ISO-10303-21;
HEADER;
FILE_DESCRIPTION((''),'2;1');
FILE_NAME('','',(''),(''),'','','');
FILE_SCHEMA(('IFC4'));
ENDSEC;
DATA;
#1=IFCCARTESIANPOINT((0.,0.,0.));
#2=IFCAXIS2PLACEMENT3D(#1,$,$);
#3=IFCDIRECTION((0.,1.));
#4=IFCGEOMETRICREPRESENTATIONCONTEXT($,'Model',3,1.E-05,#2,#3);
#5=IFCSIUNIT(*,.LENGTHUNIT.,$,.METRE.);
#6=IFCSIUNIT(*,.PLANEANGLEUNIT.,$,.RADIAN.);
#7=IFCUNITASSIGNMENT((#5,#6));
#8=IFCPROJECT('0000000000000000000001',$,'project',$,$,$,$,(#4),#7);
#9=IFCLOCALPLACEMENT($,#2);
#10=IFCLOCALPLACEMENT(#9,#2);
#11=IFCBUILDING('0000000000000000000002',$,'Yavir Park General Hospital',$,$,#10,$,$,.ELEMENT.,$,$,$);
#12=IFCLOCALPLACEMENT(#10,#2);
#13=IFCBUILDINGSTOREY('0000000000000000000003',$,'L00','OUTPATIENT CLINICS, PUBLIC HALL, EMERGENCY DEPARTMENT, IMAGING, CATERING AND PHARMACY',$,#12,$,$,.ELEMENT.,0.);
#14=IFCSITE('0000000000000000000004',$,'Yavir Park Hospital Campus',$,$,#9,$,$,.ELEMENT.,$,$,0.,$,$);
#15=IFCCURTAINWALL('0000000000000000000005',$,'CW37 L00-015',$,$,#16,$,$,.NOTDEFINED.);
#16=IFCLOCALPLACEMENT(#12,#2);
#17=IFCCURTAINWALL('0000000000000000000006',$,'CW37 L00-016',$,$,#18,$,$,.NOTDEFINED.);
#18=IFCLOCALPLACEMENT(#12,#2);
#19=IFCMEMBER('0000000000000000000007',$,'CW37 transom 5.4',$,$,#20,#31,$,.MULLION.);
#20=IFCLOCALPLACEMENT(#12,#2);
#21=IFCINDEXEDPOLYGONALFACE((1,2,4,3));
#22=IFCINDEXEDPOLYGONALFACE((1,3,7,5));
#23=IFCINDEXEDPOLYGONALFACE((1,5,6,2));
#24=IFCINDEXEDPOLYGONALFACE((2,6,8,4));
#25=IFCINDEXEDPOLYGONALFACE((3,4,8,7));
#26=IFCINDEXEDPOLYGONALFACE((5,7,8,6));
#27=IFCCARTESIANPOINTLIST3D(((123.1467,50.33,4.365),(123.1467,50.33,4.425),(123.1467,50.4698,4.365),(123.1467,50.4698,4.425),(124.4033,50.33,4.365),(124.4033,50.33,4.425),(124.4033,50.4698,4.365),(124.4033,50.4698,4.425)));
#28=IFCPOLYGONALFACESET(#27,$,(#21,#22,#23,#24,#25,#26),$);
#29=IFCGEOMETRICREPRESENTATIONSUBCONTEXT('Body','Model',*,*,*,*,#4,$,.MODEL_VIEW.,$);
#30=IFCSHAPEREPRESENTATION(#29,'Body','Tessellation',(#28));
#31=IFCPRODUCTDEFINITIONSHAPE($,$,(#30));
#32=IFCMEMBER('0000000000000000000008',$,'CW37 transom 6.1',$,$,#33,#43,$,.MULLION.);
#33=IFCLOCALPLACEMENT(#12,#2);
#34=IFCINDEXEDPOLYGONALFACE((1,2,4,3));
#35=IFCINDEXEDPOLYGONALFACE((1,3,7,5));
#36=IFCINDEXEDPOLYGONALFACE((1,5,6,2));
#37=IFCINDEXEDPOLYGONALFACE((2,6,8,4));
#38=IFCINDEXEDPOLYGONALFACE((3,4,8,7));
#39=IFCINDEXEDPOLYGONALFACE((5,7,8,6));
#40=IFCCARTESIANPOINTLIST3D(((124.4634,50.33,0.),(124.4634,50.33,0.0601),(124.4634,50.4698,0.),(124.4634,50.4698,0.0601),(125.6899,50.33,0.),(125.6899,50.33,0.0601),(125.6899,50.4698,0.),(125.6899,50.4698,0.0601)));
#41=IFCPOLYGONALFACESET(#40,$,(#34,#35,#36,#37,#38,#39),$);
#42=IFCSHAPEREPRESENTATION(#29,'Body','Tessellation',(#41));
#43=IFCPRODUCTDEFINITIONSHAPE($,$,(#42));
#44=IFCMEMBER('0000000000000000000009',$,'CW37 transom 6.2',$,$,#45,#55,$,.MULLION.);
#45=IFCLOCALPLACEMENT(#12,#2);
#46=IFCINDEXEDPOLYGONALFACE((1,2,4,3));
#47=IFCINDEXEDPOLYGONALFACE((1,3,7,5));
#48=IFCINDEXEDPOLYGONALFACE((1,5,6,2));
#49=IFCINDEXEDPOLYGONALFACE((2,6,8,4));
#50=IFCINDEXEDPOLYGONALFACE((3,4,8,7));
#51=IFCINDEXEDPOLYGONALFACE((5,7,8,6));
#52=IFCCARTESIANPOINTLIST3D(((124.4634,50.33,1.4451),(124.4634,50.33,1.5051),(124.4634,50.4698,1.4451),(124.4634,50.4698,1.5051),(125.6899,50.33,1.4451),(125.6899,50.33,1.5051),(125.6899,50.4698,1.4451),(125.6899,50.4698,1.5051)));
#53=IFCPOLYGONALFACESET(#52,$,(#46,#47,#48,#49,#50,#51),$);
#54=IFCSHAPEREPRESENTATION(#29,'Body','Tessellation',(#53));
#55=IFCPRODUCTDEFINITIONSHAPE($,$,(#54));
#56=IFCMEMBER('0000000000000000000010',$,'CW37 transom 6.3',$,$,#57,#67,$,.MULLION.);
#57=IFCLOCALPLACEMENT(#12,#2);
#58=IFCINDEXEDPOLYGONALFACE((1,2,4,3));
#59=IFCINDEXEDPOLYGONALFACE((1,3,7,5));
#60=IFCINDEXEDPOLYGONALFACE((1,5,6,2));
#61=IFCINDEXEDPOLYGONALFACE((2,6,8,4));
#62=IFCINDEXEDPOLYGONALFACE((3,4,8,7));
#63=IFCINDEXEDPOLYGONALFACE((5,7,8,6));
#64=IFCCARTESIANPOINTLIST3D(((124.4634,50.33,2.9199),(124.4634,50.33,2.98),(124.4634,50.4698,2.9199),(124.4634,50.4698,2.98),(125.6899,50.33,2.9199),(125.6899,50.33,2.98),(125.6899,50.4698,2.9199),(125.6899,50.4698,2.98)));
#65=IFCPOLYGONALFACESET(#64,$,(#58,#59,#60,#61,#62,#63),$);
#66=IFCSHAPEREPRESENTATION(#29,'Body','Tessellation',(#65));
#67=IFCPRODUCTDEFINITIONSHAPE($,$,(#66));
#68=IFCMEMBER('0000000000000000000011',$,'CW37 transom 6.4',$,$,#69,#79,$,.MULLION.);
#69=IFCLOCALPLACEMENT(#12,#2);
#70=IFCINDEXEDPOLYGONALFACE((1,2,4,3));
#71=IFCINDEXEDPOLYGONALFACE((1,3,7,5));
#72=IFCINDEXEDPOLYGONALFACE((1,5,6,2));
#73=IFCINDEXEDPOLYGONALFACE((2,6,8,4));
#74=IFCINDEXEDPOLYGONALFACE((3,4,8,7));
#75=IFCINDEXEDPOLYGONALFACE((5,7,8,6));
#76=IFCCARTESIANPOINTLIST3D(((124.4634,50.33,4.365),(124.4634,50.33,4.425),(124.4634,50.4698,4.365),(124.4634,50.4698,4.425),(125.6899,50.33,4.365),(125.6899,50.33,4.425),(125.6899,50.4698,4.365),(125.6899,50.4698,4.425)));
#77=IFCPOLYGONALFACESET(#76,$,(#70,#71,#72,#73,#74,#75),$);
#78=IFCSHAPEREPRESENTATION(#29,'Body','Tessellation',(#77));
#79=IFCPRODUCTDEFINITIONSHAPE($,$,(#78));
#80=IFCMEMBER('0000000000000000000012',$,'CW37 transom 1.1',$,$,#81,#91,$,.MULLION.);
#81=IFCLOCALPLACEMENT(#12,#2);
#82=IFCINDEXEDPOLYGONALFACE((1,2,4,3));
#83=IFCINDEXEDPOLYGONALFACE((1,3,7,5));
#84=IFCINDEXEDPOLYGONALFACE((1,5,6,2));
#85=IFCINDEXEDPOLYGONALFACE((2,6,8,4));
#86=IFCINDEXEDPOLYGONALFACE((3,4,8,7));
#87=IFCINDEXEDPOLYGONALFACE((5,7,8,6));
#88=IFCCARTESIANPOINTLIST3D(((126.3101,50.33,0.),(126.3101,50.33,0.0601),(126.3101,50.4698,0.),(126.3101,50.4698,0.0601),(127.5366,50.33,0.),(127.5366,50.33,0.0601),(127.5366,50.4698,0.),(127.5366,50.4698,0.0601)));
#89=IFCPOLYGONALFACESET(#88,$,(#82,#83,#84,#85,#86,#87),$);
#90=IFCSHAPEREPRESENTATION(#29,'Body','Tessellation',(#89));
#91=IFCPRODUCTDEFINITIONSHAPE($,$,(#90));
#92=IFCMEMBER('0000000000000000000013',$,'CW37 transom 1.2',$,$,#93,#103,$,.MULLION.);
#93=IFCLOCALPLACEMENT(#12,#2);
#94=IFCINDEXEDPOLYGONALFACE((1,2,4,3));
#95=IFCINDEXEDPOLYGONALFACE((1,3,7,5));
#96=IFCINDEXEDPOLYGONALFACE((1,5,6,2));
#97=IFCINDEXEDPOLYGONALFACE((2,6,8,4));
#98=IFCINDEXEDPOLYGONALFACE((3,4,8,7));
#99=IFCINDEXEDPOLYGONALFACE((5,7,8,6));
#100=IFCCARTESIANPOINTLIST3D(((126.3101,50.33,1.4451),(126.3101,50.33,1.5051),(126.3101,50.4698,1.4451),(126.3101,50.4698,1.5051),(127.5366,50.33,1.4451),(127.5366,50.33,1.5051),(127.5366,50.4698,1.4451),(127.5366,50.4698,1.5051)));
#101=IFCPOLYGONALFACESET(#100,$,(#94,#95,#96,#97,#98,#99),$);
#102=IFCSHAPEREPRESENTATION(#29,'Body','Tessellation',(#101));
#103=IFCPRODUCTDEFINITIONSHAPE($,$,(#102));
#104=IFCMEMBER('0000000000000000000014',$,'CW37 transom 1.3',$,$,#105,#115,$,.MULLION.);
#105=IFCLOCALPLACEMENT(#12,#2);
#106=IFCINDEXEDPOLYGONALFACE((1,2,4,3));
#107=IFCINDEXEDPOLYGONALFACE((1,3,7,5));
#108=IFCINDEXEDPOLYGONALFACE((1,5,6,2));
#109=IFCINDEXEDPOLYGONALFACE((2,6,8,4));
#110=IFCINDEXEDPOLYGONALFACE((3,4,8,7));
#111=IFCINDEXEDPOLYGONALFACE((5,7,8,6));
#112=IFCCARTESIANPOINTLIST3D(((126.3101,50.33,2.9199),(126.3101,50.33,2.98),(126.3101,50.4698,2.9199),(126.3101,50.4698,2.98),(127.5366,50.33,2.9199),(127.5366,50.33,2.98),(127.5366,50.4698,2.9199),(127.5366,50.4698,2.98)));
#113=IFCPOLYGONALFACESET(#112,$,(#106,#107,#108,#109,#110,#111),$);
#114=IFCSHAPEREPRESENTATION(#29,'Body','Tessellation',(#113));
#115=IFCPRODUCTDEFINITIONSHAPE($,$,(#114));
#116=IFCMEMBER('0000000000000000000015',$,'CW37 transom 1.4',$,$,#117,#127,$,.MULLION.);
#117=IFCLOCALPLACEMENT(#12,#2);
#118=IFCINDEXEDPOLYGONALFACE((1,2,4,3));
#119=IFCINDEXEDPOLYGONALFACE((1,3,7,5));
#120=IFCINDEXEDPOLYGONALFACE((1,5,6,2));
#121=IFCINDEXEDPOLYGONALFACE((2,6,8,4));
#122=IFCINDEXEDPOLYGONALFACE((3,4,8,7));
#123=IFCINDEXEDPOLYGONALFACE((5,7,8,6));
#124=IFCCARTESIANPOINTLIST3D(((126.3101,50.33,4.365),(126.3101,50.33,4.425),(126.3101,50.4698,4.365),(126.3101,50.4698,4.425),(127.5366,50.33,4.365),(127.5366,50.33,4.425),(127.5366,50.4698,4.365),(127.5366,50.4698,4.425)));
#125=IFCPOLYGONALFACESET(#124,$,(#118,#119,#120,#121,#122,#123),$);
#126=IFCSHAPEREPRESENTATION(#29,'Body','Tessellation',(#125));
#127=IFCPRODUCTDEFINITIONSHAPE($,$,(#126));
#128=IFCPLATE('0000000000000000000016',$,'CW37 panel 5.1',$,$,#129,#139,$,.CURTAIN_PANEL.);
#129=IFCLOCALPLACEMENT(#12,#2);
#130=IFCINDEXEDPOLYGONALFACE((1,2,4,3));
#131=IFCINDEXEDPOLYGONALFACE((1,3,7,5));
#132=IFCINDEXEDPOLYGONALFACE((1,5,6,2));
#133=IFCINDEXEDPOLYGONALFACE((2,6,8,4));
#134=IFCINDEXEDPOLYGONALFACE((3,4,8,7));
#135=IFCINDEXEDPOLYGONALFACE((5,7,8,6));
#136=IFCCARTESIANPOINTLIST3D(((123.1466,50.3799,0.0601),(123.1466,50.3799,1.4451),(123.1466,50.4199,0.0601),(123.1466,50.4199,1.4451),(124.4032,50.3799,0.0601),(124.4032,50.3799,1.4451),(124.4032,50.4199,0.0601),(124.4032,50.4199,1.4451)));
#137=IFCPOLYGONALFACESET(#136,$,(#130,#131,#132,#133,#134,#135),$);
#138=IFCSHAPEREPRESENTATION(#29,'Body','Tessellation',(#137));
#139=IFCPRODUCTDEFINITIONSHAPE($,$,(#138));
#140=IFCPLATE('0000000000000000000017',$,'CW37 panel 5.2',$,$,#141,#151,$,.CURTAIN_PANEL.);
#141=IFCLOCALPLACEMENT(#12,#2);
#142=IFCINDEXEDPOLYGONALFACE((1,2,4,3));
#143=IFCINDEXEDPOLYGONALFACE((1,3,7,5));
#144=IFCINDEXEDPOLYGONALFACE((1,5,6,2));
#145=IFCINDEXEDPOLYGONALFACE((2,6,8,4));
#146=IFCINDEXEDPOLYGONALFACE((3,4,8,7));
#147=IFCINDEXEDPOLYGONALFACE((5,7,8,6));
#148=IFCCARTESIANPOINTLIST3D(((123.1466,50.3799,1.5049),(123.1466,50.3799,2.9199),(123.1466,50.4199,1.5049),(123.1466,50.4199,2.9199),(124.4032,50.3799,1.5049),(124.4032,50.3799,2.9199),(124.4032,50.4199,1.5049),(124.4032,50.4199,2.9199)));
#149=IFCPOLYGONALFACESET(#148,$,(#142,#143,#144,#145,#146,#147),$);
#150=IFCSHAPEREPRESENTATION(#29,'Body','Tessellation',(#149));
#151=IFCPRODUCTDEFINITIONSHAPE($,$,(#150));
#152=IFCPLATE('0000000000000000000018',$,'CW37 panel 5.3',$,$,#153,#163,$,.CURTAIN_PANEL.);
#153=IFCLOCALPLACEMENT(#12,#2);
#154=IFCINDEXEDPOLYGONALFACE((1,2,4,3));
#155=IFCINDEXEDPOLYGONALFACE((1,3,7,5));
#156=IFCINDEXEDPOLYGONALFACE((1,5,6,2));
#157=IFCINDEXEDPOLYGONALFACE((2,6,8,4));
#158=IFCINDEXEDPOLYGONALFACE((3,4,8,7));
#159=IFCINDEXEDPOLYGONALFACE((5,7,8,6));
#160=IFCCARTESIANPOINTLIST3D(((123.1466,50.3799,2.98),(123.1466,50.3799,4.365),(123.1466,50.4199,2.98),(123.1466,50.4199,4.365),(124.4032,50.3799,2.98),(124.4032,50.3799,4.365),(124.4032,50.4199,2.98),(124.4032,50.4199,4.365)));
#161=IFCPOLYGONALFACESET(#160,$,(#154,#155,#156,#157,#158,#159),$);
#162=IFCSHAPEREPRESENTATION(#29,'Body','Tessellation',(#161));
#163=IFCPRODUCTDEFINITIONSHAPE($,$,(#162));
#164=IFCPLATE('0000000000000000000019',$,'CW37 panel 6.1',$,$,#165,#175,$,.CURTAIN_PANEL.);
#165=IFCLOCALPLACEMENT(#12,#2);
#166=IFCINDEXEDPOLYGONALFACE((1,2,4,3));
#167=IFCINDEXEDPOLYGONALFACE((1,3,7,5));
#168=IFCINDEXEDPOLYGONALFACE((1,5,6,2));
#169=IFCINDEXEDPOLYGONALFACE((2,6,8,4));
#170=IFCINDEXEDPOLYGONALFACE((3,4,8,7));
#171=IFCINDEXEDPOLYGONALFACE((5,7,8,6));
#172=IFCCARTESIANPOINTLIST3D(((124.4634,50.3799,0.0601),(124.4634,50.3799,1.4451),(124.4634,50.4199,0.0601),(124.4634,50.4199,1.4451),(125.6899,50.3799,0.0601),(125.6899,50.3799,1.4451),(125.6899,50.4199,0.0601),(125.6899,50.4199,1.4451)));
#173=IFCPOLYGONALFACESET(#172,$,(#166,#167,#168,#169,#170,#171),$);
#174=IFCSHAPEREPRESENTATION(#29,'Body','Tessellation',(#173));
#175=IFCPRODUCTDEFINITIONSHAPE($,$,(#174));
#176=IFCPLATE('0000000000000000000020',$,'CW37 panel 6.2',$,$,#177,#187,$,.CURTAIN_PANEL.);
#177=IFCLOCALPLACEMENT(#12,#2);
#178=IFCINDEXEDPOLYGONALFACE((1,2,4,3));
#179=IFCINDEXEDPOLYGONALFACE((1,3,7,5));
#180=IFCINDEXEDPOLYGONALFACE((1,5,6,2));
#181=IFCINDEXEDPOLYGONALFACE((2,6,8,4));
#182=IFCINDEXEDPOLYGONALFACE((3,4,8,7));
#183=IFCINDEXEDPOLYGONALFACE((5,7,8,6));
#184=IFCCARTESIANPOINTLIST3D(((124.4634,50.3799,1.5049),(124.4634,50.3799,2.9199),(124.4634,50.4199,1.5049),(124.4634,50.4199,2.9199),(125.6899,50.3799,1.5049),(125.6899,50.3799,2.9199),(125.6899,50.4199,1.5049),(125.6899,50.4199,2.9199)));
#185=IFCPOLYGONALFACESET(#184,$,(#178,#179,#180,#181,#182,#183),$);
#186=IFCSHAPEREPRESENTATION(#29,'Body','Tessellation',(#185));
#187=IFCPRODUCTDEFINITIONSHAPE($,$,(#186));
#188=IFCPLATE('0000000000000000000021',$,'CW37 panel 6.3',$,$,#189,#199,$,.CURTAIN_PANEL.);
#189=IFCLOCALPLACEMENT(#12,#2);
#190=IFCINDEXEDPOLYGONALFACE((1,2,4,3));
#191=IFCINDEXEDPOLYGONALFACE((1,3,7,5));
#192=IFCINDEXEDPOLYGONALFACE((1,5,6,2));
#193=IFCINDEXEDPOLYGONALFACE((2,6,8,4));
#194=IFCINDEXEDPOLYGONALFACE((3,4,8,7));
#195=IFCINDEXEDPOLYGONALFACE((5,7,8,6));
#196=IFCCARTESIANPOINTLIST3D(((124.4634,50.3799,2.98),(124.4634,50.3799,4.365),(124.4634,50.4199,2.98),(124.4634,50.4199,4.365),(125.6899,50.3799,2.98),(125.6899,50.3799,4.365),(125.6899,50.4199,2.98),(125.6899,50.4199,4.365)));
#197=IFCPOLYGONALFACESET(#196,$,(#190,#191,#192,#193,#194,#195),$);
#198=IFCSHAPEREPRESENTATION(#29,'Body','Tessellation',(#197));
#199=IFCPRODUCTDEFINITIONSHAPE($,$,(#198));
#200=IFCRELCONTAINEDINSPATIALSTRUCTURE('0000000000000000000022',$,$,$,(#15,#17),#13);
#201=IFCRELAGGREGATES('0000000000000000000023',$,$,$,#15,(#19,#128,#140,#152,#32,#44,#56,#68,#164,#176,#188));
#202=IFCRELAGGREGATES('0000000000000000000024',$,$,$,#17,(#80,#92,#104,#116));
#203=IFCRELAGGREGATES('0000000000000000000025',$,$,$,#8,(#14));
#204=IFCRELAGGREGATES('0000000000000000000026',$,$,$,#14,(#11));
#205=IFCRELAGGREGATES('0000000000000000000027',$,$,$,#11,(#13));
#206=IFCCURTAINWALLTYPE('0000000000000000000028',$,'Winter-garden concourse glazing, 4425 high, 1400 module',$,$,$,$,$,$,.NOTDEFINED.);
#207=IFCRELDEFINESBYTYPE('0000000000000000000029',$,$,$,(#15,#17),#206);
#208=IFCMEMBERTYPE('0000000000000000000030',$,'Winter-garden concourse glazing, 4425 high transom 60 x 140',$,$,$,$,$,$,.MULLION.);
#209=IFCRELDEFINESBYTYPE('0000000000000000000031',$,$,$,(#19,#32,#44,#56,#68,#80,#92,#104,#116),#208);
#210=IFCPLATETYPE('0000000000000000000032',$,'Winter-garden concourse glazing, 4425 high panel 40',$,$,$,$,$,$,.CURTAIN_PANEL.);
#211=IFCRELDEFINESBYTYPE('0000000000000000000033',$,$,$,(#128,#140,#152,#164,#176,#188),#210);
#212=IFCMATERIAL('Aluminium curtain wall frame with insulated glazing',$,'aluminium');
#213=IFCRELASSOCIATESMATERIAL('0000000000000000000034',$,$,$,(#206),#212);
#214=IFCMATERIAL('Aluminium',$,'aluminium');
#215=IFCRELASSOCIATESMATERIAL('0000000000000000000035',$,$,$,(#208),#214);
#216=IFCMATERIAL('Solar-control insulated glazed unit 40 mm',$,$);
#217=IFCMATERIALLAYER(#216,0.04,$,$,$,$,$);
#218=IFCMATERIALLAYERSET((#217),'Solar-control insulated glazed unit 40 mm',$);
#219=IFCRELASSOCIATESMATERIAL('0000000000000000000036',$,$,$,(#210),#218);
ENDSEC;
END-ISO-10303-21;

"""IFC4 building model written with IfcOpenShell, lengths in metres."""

from ifc_helpers import new_model, si_unit, direction, frame, origin, origin_2d, place, context, subcontext, project, spatial, rectangle, extrude, material, layer, layer_set, material_profile, profile_set, type_object, element, aggregate, save


model = new_model("IFC4")

# Units and contexts
model_context = context("Model", 3, precision=1e-05, world=origin(), true_north=direction((0.0, 1.0)))
body_context = subcontext(model_context, "Body", "Model", "MODEL_VIEW")
ifc_project = project(units=[si_unit("LENGTHUNIT", "METRE"), si_unit("PLANEANGLEUNIT", "RADIAN")], contexts=[model_context])

# Site, building, storey
site_placement = place(None, origin())
site = spatial("IfcSite", under=ifc_project, at=site_placement, Name="Yavir Park Hospital Campus", CompositionType="ELEMENT", RefElevation=0.0)
building_placement = place(site_placement, origin())
building = spatial("IfcBuilding", under=site, at=building_placement, Name="Yavir Park General Hospital", CompositionType="ELEMENT")
storey_placement = place(building_placement, origin())
storey = spatial("IfcBuildingStorey", under=building, at=storey_placement, Name="L00", Description="OUTPATIENT CLINICS, PUBLIC HALL, EMERGENCY DEPARTMENT, IMAGING, CATERING AND PHARMACY", CompositionType="ELEMENT", Elevation=0.0)

# Curtain wall
ifc_material_1 = material(Name="Aluminium curtain wall frame with insulated glazing", Category="aluminium")
curtain_wall_type = type_object("IfcCurtainWallType", Name="Winter-garden concourse glazing, 4425 high, 1400 module", PredefinedType="NOTDEFINED", material=ifc_material_1)
curtain_wall_1_placement = place(storey_placement, origin())
curtain_wall_1 = element("IfcCurtainWall", 1, at=curtain_wall_1_placement, inside=storey, type_object=curtain_wall_type, Name="CW37 L00-015", PredefinedType="NOTDEFINED")

# Curtain wall
curtain_wall_2_placement = place(storey_placement, origin())
curtain_wall_2 = element("IfcCurtainWall", 2, at=curtain_wall_2_placement, inside=storey, type_object=curtain_wall_type, Name="CW37 L00-016", PredefinedType="NOTDEFINED")

# Members
ifc_material_2 = material(Name="Aluminium", Category="aluminium")
ifc_material_profile_1 = material_profile(ifc_material_2, rectangle(XDim=0.1399, YDim=0.0601, at=origin_2d()), Name="AL 140x60")
ifc_profile_set_1 = profile_set([ifc_material_profile_1], Name="Aluminium")
member_type_1 = type_object("IfcMemberType", Name="Winter-garden concourse glazing, 4425 high transom 60 x 140", PredefinedType="MULLION", material=ifc_profile_set_1)
member_1_placement = place(storey_placement, frame((123.1467, 50.3999, 4.395), z_axis=(1.0, 0.0, 0.0), x_axis=(0.0, 1.0, 0.0)))
member_1 = element("IfcMember", 3, at=member_1_placement, type_object=member_type_1, Name="CW37 transom 5.4", PredefinedType="MULLION", context=body_context, shape_type="SweptSolid", body=[
    extrude(rectangle(XDim=0.1399, YDim=0.0601, at=origin_2d()), origin(), (0.0, 0.0, 1.0), 1.2566),
])
member_2_placement = place(storey_placement, frame((124.4634, 50.3999, 0.03), z_axis=(1.0, 0.0, 0.0), x_axis=(0.0, 1.0, 0.0)))
member_2 = element("IfcMember", 4, at=member_2_placement, type_object=member_type_1, Name="CW37 transom 6.1", PredefinedType="MULLION", context=body_context, shape_type="SweptSolid", body=[
    extrude(rectangle(XDim=0.1399, YDim=0.0601, at=origin_2d()), origin(), (0.0, 0.0, 1.0), 1.2266),
])
member_3_placement = place(storey_placement, frame((124.4634, 50.3999, 1.4751), z_axis=(1.0, 0.0, 0.0), x_axis=(0.0, 1.0, 0.0)))
member_3 = element("IfcMember", 5, at=member_3_placement, type_object=member_type_1, Name="CW37 transom 6.2", PredefinedType="MULLION", context=body_context, shape_type="SweptSolid", body=[
    extrude(rectangle(XDim=0.1399, YDim=0.0601, at=origin_2d()), origin(), (0.0, 0.0, 1.0), 1.2266),
])
member_4_placement = place(storey_placement, frame((124.4634, 50.3999, 2.95), z_axis=(1.0, 0.0, 0.0), x_axis=(0.0, 1.0, 0.0)))
member_4 = element("IfcMember", 6, at=member_4_placement, type_object=member_type_1, Name="CW37 transom 6.3", PredefinedType="MULLION", context=body_context, shape_type="SweptSolid", body=[
    extrude(rectangle(XDim=0.1399, YDim=0.0601, at=origin_2d()), origin(), (0.0, 0.0, 1.0), 1.2266),
])
member_5_placement = place(storey_placement, frame((124.4634, 50.3999, 4.395), z_axis=(1.0, 0.0, 0.0), x_axis=(0.0, 1.0, 0.0)))
member_5 = element("IfcMember", 7, at=member_5_placement, type_object=member_type_1, Name="CW37 transom 6.4", PredefinedType="MULLION", context=body_context, shape_type="SweptSolid", body=[
    extrude(rectangle(XDim=0.1399, YDim=0.0601, at=origin_2d()), origin(), (0.0, 0.0, 1.0), 1.2266),
])
member_6_placement = place(storey_placement, frame((126.3101, 50.3999, 0.03), z_axis=(1.0, 0.0, 0.0), x_axis=(0.0, 1.0, 0.0)))
member_6 = element("IfcMember", 8, at=member_6_placement, type_object=member_type_1, Name="CW37 transom 1.1", PredefinedType="MULLION", context=body_context, shape_type="SweptSolid", body=[
    extrude(rectangle(XDim=0.1399, YDim=0.0601, at=origin_2d()), origin(), (0.0, 0.0, 1.0), 1.2266),
])
member_7_placement = place(storey_placement, frame((126.3101, 50.3999, 1.4751), z_axis=(1.0, 0.0, 0.0), x_axis=(0.0, 1.0, 0.0)))
member_7 = element("IfcMember", 9, at=member_7_placement, type_object=member_type_1, Name="CW37 transom 1.2", PredefinedType="MULLION", context=body_context, shape_type="SweptSolid", body=[
    extrude(rectangle(XDim=0.1399, YDim=0.0601, at=origin_2d()), origin(), (0.0, 0.0, 1.0), 1.2266),
])
member_8_placement = place(storey_placement, frame((126.3101, 50.3999, 2.95), z_axis=(1.0, 0.0, 0.0), x_axis=(0.0, 1.0, 0.0)))
member_8 = element("IfcMember", 10, at=member_8_placement, type_object=member_type_1, Name="CW37 transom 1.3", PredefinedType="MULLION", context=body_context, shape_type="SweptSolid", body=[
    extrude(rectangle(XDim=0.1399, YDim=0.0601, at=origin_2d()), origin(), (0.0, 0.0, 1.0), 1.2266),
])
member_9_placement = place(storey_placement, frame((126.3101, 50.3999, 4.395), z_axis=(1.0, 0.0, 0.0), x_axis=(0.0, 1.0, 0.0)))
member_9 = element("IfcMember", 11, at=member_9_placement, type_object=member_type_1, Name="CW37 transom 1.4", PredefinedType="MULLION", context=body_context, shape_type="SweptSolid", body=[
    extrude(rectangle(XDim=0.1399, YDim=0.0601, at=origin_2d()), origin(), (0.0, 0.0, 1.0), 1.2266),
])

# Plates
ifc_material_3 = material(Name="Solar-control insulated glazed unit 40 mm")
ifc_layer = layer(ifc_material_3, 0.04)
ifc_layer_set = layer_set([ifc_layer], Name="Solar-control insulated glazed unit 40 mm")
plate_type = type_object("IfcPlateType", Name="Winter-garden concourse glazing, 4425 high panel 40", PredefinedType="CURTAIN_PANEL", material=ifc_layer_set)
plate_1_placement = place(storey_placement, frame((123.7749, 50.3999, 0.0601), z_axis=(0.0, 0.0, 1.0), x_axis=(1.0, 0.0, 0.0)))
plate_1 = element("IfcPlate", 12, at=plate_1_placement, type_object=plate_type, Name="CW37 panel 5.1", PredefinedType="CURTAIN_PANEL", context=body_context, shape_type="SweptSolid", body=[
    extrude(rectangle(XDim=1.2566, YDim=0.04, at=origin_2d()), origin(), (0.0, 0.0, 1.0), 1.385),
])
plate_2_placement = place(storey_placement, frame((123.7749, 50.3999, 1.5049), z_axis=(0.0, 0.0, 1.0), x_axis=(1.0, 0.0, 0.0)))
plate_2 = element("IfcPlate", 13, at=plate_2_placement, type_object=plate_type, Name="CW37 panel 5.2", PredefinedType="CURTAIN_PANEL", context=body_context, shape_type="SweptSolid", body=[
    extrude(rectangle(XDim=1.2566, YDim=0.04, at=origin_2d()), origin(), (0.0, 0.0, 1.0), 1.415),
])
plate_3_placement = place(storey_placement, frame((123.7749, 50.3999, 2.98), z_axis=(0.0, 0.0, 1.0), x_axis=(1.0, 0.0, 0.0)))
plate_3 = element("IfcPlate", 14, at=plate_3_placement, type_object=plate_type, Name="CW37 panel 5.3", PredefinedType="CURTAIN_PANEL", context=body_context, shape_type="SweptSolid", body=[
    extrude(rectangle(XDim=1.2566, YDim=0.04, at=origin_2d()), origin(), (0.0, 0.0, 1.0), 1.385),
])
plate_4_placement = place(storey_placement, frame((125.0767, 50.3999, 0.0601), z_axis=(0.0, 0.0, 1.0), x_axis=(1.0, 0.0, 0.0)))
plate_4 = element("IfcPlate", 15, at=plate_4_placement, type_object=plate_type, Name="CW37 panel 6.1", PredefinedType="CURTAIN_PANEL", context=body_context, shape_type="SweptSolid", body=[
    extrude(rectangle(XDim=1.2266, YDim=0.04, at=origin_2d()), origin(), (0.0, 0.0, 1.0), 1.385),
])
plate_5_placement = place(storey_placement, frame((125.0767, 50.3999, 1.5049), z_axis=(0.0, 0.0, 1.0), x_axis=(1.0, 0.0, 0.0)))
plate_5 = element("IfcPlate", 16, at=plate_5_placement, type_object=plate_type, Name="CW37 panel 6.2", PredefinedType="CURTAIN_PANEL", context=body_context, shape_type="SweptSolid", body=[
    extrude(rectangle(XDim=1.2266, YDim=0.04, at=origin_2d()), origin(), (0.0, 0.0, 1.0), 1.415),
])
plate_6_placement = place(storey_placement, frame((125.0767, 50.3999, 2.98), z_axis=(0.0, 0.0, 1.0), x_axis=(1.0, 0.0, 0.0)))
plate_6 = element("IfcPlate", 17, at=plate_6_placement, type_object=plate_type, Name="CW37 panel 6.3", PredefinedType="CURTAIN_PANEL", context=body_context, shape_type="SweptSolid", body=[
    extrude(rectangle(XDim=1.2266, YDim=0.04, at=origin_2d()), origin(), (0.0, 0.0, 1.0), 1.385),
])
aggregate(curtain_wall_1, [member_1, plate_1, plate_2, plate_3, member_2, member_3, member_4, member_5, plate_4, plate_5, plate_6])
aggregate(curtain_wall_2, [member_6, member_7, member_8, member_9])

save(model, "model.ifc")
